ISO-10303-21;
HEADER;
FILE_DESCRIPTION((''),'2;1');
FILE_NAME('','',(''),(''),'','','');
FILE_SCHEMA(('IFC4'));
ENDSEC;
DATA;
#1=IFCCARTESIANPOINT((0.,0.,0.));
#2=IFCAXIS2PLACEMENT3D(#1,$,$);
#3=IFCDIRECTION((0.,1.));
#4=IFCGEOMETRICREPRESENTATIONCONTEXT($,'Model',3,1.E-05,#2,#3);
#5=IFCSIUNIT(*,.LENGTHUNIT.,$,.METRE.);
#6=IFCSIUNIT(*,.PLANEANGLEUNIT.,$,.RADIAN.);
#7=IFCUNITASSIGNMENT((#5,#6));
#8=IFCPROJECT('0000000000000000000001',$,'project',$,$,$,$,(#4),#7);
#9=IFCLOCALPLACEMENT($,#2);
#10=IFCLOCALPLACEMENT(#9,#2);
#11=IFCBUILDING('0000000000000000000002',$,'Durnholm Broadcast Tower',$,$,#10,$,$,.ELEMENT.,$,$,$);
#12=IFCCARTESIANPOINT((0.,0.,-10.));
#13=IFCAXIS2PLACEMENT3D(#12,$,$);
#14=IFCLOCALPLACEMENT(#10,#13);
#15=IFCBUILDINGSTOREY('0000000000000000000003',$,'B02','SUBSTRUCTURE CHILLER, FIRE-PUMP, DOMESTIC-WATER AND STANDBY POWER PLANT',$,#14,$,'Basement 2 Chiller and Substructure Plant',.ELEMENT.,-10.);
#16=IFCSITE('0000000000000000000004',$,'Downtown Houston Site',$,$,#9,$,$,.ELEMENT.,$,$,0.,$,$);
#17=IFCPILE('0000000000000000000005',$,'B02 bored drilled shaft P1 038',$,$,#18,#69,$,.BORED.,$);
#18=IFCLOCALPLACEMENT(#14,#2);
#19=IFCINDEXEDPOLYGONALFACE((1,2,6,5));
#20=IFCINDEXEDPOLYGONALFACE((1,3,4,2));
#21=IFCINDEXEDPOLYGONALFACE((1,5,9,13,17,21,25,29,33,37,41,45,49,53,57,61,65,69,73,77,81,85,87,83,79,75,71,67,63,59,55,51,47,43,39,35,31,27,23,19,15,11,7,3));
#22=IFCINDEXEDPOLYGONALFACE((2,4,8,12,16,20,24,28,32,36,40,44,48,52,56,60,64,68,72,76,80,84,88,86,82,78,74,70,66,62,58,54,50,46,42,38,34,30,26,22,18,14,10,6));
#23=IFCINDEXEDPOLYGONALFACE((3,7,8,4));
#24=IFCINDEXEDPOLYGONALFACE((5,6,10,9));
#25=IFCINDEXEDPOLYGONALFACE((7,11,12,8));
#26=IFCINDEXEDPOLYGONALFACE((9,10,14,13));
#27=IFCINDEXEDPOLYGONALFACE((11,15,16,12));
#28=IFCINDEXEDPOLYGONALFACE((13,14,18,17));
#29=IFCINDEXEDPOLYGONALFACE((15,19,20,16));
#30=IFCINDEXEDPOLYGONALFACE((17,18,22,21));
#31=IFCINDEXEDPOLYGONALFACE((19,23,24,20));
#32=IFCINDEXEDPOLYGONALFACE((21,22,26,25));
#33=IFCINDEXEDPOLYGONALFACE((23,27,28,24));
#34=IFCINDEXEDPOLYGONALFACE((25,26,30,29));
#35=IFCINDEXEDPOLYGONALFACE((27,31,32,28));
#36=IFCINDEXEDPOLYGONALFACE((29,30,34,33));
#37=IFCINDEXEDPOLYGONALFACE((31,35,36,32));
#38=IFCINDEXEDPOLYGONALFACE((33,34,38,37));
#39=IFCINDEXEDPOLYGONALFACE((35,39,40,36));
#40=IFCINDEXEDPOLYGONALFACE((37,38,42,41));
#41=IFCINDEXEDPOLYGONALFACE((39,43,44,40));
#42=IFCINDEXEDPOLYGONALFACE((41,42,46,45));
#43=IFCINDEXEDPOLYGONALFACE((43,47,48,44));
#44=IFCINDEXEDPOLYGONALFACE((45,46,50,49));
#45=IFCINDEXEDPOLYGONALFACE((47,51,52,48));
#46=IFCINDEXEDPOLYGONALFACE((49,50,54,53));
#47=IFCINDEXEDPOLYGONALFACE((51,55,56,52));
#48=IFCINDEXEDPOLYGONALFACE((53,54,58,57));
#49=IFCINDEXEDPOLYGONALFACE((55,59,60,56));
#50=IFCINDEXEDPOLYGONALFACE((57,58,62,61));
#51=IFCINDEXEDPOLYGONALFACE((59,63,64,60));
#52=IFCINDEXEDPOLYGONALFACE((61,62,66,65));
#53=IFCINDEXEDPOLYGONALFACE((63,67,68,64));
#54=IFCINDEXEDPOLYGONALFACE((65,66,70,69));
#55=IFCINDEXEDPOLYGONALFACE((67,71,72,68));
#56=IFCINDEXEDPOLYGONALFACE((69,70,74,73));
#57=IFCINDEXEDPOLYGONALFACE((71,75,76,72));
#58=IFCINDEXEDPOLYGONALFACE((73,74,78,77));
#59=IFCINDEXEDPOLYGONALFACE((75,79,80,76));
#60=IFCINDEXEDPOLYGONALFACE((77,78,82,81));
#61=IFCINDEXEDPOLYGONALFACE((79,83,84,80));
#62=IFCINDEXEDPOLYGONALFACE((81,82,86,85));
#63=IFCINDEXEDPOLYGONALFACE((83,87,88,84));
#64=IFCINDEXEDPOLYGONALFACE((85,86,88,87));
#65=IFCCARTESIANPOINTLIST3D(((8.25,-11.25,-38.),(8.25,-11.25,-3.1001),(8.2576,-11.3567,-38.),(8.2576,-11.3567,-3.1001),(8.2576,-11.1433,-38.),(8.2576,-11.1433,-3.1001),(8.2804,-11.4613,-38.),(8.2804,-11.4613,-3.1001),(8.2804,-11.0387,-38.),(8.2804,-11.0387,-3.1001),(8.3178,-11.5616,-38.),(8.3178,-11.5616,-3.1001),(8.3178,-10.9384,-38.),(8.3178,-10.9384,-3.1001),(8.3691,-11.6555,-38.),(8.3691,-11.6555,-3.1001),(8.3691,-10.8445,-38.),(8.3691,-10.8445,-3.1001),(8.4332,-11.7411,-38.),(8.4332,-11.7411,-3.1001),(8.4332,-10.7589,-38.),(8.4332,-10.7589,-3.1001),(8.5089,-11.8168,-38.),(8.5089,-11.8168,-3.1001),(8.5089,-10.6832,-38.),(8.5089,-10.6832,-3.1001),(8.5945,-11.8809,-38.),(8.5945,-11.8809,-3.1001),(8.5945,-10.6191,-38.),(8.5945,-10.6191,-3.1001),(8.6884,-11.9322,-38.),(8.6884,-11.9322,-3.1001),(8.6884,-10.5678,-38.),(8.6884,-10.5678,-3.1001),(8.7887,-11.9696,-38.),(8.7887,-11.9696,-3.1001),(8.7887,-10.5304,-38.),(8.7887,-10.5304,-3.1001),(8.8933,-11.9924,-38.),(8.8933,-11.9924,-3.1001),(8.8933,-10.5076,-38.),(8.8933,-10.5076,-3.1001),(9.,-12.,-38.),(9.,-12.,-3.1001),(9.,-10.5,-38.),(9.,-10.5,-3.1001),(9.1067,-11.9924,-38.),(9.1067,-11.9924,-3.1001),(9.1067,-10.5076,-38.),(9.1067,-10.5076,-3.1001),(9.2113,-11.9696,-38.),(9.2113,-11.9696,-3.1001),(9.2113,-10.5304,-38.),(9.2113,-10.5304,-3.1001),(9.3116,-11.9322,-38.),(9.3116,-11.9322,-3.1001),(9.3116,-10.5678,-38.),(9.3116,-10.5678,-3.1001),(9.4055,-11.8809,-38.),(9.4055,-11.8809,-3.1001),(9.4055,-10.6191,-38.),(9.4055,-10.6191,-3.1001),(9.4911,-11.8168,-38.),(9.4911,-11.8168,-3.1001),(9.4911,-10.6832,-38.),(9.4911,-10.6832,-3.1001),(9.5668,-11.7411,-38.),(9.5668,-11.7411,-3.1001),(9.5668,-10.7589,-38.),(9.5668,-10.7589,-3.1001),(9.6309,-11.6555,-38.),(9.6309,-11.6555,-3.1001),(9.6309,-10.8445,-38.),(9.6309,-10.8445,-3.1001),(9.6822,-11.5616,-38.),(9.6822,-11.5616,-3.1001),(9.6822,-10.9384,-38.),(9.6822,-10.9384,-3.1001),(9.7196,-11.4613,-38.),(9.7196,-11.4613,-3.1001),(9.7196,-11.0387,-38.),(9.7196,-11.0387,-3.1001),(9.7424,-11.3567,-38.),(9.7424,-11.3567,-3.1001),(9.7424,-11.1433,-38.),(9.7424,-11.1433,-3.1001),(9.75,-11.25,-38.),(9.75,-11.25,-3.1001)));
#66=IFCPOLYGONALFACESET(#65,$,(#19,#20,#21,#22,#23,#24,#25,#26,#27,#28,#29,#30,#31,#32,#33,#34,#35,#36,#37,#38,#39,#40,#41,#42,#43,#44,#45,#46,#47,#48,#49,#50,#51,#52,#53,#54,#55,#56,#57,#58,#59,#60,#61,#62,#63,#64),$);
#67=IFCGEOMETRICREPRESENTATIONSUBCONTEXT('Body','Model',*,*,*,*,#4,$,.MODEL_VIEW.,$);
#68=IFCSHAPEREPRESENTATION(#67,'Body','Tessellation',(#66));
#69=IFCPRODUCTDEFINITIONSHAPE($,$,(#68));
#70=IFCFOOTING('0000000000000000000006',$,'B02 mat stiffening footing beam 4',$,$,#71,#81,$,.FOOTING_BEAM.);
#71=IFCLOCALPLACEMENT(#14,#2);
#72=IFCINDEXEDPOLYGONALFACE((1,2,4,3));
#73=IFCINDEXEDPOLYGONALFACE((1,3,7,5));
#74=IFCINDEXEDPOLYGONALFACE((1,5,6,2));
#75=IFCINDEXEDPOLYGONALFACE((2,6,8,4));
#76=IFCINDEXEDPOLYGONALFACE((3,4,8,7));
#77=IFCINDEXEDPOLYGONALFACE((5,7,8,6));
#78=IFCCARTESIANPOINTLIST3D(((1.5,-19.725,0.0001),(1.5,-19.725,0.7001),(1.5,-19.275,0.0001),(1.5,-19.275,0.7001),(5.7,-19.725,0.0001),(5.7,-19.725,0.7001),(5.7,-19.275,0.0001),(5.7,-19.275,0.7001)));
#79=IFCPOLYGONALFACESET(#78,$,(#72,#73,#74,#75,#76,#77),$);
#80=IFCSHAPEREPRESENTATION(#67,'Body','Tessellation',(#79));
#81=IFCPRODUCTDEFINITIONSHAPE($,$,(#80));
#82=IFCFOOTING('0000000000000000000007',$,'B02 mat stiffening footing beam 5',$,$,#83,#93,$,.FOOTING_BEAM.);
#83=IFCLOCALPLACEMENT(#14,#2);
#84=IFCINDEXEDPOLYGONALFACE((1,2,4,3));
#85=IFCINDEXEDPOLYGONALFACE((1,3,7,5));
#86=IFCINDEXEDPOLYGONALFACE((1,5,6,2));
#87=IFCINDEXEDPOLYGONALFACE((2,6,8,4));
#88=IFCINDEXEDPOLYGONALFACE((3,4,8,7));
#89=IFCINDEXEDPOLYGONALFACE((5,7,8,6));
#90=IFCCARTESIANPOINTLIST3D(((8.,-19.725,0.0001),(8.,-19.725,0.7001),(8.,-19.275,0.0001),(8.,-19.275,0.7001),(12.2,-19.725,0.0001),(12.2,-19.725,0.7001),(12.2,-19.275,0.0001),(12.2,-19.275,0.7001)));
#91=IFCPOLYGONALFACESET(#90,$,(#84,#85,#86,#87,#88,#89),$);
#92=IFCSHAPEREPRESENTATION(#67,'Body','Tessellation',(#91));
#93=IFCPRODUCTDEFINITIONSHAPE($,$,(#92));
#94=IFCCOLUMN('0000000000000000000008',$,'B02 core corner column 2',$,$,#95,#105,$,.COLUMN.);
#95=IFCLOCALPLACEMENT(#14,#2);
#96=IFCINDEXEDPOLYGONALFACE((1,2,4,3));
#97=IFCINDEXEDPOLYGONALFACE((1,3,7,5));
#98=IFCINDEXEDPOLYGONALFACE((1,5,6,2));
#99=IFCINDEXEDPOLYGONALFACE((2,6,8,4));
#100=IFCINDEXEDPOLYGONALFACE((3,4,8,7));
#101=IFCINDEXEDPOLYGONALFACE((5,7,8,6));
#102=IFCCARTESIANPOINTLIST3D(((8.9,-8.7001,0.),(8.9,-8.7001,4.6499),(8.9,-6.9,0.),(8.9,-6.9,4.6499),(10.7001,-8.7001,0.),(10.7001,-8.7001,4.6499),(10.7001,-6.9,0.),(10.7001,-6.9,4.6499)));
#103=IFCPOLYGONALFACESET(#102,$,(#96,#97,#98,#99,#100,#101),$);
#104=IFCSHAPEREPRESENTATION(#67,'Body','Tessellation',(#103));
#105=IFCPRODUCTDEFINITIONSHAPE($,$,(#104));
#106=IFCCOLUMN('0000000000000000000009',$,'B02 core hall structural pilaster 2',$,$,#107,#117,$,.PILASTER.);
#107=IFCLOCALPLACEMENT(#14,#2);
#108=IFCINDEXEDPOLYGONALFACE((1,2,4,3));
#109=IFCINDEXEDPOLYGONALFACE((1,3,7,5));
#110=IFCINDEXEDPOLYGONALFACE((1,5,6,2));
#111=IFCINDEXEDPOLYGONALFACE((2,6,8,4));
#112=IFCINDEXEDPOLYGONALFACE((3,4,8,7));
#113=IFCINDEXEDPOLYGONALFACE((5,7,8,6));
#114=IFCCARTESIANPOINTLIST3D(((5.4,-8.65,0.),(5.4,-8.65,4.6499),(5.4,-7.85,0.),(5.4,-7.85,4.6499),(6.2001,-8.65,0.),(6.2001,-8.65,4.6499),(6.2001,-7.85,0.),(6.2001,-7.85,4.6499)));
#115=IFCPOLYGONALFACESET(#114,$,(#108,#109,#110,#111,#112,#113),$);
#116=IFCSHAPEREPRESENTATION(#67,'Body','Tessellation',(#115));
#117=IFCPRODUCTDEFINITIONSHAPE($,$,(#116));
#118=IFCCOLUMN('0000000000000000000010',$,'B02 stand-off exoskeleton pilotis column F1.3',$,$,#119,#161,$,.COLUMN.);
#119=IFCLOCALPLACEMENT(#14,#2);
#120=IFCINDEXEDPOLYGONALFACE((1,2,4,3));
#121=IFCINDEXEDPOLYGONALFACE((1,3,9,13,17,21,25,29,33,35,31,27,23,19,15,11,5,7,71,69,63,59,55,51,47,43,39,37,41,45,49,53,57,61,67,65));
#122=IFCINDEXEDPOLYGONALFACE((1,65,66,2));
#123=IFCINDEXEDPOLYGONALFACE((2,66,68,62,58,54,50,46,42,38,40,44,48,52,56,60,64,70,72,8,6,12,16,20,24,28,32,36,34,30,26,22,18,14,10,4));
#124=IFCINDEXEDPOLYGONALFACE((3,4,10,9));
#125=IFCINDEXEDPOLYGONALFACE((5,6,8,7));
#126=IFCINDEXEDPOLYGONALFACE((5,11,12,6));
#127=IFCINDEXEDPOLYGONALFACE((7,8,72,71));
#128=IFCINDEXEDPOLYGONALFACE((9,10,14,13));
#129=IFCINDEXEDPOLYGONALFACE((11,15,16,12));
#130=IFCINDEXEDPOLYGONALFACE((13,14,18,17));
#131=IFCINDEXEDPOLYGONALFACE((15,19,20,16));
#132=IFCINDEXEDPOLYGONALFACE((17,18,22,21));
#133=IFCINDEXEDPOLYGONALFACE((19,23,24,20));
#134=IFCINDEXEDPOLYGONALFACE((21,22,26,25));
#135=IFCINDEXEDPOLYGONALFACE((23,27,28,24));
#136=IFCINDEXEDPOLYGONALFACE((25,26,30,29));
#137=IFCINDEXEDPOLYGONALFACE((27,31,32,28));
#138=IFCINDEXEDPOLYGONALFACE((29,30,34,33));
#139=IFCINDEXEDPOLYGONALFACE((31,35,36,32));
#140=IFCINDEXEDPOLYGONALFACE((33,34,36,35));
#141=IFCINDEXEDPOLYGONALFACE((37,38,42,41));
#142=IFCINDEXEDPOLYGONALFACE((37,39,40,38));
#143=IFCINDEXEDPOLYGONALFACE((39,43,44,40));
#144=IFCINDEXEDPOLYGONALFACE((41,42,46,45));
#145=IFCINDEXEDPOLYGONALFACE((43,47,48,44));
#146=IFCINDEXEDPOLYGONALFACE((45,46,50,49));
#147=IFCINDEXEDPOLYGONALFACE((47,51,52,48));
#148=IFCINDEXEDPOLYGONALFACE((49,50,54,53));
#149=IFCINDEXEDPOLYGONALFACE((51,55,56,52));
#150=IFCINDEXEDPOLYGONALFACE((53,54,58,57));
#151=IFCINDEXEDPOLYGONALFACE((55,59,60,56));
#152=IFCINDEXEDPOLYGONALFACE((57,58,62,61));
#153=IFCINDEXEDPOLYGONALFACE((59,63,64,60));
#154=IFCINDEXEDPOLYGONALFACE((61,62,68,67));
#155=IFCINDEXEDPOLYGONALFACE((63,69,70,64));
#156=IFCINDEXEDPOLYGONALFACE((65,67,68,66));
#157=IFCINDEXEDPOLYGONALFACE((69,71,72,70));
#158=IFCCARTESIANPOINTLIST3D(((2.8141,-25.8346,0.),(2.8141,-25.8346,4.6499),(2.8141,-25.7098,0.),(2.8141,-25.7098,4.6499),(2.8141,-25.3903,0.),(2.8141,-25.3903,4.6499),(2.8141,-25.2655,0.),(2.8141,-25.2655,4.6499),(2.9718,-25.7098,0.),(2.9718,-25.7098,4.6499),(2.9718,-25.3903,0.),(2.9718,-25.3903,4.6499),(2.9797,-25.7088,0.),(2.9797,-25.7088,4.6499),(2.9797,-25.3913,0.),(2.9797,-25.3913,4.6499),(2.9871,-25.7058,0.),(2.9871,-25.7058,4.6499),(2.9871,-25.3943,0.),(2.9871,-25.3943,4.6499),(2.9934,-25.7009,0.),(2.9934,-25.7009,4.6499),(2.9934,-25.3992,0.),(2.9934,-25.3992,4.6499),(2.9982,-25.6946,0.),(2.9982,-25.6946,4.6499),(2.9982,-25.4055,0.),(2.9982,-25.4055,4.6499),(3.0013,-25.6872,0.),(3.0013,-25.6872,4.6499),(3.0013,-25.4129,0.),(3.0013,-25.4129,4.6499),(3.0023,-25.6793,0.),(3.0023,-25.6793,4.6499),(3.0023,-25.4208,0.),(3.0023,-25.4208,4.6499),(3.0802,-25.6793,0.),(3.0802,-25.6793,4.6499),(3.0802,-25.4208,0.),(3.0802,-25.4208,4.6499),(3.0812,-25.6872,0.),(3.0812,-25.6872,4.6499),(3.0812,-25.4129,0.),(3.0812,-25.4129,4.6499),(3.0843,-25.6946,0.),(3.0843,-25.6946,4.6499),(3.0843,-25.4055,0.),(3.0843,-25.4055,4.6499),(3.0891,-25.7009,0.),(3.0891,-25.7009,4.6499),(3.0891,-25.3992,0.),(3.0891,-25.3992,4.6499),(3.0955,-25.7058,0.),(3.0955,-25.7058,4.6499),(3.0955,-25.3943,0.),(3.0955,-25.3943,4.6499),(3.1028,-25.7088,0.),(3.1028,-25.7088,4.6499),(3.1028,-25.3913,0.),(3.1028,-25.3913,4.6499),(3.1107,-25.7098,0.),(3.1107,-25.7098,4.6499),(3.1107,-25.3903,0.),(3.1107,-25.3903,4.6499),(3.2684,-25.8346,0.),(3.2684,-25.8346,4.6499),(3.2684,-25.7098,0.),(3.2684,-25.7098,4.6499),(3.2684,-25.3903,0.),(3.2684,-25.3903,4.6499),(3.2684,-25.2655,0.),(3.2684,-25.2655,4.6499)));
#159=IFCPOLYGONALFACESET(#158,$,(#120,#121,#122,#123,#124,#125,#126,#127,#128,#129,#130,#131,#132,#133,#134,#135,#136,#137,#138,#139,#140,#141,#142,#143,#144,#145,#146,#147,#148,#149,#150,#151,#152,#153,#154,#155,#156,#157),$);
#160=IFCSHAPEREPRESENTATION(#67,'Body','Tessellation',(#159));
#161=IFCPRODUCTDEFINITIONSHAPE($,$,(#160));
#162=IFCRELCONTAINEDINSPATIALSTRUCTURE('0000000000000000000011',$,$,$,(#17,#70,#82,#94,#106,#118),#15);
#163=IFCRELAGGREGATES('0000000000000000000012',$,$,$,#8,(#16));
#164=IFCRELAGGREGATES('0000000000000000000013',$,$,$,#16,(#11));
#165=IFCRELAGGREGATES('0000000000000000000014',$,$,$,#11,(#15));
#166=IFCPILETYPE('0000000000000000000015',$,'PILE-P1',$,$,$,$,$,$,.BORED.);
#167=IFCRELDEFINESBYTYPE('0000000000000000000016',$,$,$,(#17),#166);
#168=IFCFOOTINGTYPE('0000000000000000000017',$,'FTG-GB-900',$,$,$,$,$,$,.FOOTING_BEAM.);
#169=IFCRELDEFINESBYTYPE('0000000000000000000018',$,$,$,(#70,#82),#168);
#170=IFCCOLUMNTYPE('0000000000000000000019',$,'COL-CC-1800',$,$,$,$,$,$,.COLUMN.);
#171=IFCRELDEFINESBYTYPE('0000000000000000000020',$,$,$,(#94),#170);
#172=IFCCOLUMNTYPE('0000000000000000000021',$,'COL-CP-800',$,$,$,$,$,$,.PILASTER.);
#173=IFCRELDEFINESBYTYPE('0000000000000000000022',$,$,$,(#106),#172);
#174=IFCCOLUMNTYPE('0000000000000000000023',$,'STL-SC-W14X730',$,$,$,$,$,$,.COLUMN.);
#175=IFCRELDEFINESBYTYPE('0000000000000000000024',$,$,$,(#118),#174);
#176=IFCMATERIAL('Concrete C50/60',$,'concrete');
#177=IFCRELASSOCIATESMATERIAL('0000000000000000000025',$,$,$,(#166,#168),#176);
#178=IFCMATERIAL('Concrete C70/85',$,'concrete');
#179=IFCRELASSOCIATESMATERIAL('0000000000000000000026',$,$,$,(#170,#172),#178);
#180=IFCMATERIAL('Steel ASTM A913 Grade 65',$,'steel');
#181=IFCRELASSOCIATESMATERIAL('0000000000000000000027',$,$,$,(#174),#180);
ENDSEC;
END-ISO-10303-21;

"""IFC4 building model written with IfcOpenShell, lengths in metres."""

from ifc_helpers import new_model, si_unit, direction, frame, origin, origin_2d, place, context, subcontext, project, spatial, rectangle, circle, i_section, extrude, source, transform, mapped, material, material_profile, profile_set, type_object, type_shapes, element, save


model = new_model("IFC4")

# Units and contexts
model_context = context("Model", 3, precision=1e-05, world=origin(), true_north=direction((0.0, 1.0)))
body_context = subcontext(model_context, "Body", "Model", "MODEL_VIEW")
ifc_project = project(units=[si_unit("LENGTHUNIT", "METRE"), si_unit("PLANEANGLEUNIT", "RADIAN")], contexts=[model_context])

# Site, building, storey
site_placement = place(None, origin())
site = spatial("IfcSite", under=ifc_project, at=site_placement, Name="Downtown Houston Site", CompositionType="ELEMENT", RefElevation=0.0)
building_placement = place(site_placement, origin())
building = spatial("IfcBuilding", under=site, at=building_placement, Name="Durnholm Broadcast Tower", CompositionType="ELEMENT")
storey_placement = place(building_placement, frame((0.0, 0.0, -10.0)))
storey = spatial("IfcBuildingStorey", under=building, at=storey_placement, Name="B02", Description="SUBSTRUCTURE CHILLER, FIRE-PUMP, DOMESTIC-WATER AND STANDBY POWER PLANT", LongName="Basement 2 Chiller and Substructure Plant", CompositionType="ELEMENT", Elevation=-10.0)

# Pile
ifc_material_1 = material(Name="Concrete C50/60", Category="concrete")
ifc_material_profile_1 = material_profile(ifc_material_1, circle(Radius=0.75, at=origin_2d()), Name="PILE1500")
ifc_profile_set_1 = profile_set([ifc_material_profile_1], Name="Concrete C50/60")
pile_type_1 = type_object("IfcPileType", Name="PILE-P1", PredefinedType="BORED", material=ifc_profile_set_1)
shared_shape_1 = source(origin(), body_context, "Body", "SweptSolid", [
    extrude(circle(Radius=0.75, at=origin_2d()), origin(), (0.0, 0.0, 1.0), 34.8999),
])
type_shapes(pile_type_1, [shared_shape_1])
for number, where, z_axis, x_axis, name in (
    (1, (9.0, -11.25, -3.1001), (0.0, 0.0, -1.0), (1.0, 0.0, 0.0), "B02 bored drilled shaft P1 038"),
):
    element("IfcPile", number, at=place(storey_placement, frame(where, z_axis=z_axis, x_axis=x_axis)), inside=storey, type_object=pile_type_1, Name=name, PredefinedType="BORED", context=body_context, shape_type="MappedRepresentation", body=[
        mapped(shared_shape_1, transform((0.0, 0.0, 0.0), x_axis=(1.0, 0.0, 0.0), y_axis=(0.0, 1.0, 0.0), z_axis=(0.0, 0.0, 1.0), scale=1.0)),
    ])

# Footings
ifc_material_profile_2 = material_profile(ifc_material_1, rectangle(XDim=0.45, YDim=0.7, at=origin_2d()), Name="RC700X450")
ifc_profile_set_2 = profile_set([ifc_material_profile_2], Name="Concrete C50/60")
footing_type = type_object("IfcFootingType", Name="FTG-GB-900", PredefinedType="FOOTING_BEAM", material=ifc_profile_set_2)
shared_shape_2 = source(origin(), body_context, "Body", "SweptSolid", [
    extrude(rectangle(XDim=0.45, YDim=0.7, at=origin_2d()), origin(), (0.0, 0.0, 1.0), 4.2),
])
type_shapes(footing_type, [shared_shape_2])
for number, where, z_axis, x_axis, name in (
    (2, (1.5, -19.5, 0.3501), (1.0, 0.0, 0.0), (0.0, 1.0, 0.0), "B02 mat stiffening footing beam 4"),
    (3, (8.0, -19.5, 0.3501), (1.0, 0.0, 0.0), (0.0, 1.0, 0.0), "B02 mat stiffening footing beam 5"),
):
    element("IfcFooting", number, at=place(storey_placement, frame(where, z_axis=z_axis, x_axis=x_axis)), inside=storey, type_object=footing_type, Name=name, PredefinedType="FOOTING_BEAM", context=body_context, shape_type="MappedRepresentation", body=[
        mapped(shared_shape_2, transform((0.0, 0.0, 0.0), x_axis=(1.0, 0.0, 0.0), y_axis=(0.0, 1.0, 0.0), z_axis=(0.0, 0.0, 1.0), scale=1.0)),
    ])

# Columns
ifc_material_2 = material(Name="Concrete C70/85", Category="concrete")
ifc_material_profile_3 = material_profile(ifc_material_2, rectangle(XDim=1.8, YDim=1.8, at=origin_2d()), Name="RC1800X1800")
ifc_profile_set_3 = profile_set([ifc_material_profile_3], Name="Concrete C70/85")
column_type_1 = type_object("IfcColumnType", Name="COL-CC-1800", PredefinedType="COLUMN", material=ifc_profile_set_3)
shared_shape_3 = source(origin(), body_context, "Body", "SweptSolid", [
    extrude(rectangle(XDim=1.8, YDim=1.8, at=origin_2d()), origin(), (0.0, 0.0, 1.0), 4.6499),
])
type_shapes(column_type_1, [shared_shape_3])
column_1_placement = place(storey_placement, frame((9.8, -7.8, 0.0), z_axis=(0.0, 0.0, 1.0), x_axis=(1.0, 0.0, 0.0)))
element("IfcColumn", 4, at=column_1_placement, inside=storey, type_object=column_type_1, Name="B02 core corner column 2", PredefinedType="COLUMN", context=body_context, shape_type="MappedRepresentation", body=[
    mapped(shared_shape_3, transform((0.0, 0.0, 0.0), x_axis=(1.0, 0.0, 0.0), y_axis=(0.0, 1.0, 0.0), z_axis=(0.0, 0.0, 1.0), scale=1.0)),
])
ifc_material_profile_4 = material_profile(ifc_material_2, rectangle(XDim=0.8, YDim=0.8, at=origin_2d()), Name="RC800X800")
ifc_profile_set_4 = profile_set([ifc_material_profile_4], Name="Concrete C70/85")
column_type_2 = type_object("IfcColumnType", Name="COL-CP-800", PredefinedType="PILASTER", material=ifc_profile_set_4)
shared_shape_4 = source(origin(), body_context, "Body", "SweptSolid", [
    extrude(rectangle(XDim=0.8, YDim=0.8, at=origin_2d()), origin(), (0.0, 0.0, 1.0), 4.6499),
])
type_shapes(column_type_2, [shared_shape_4])
column_2_placement = place(storey_placement, frame((5.8, -8.25, 0.0), z_axis=(0.0, 0.0, 1.0), x_axis=(1.0, 0.0, 0.0)))
element("IfcColumn", 5, at=column_2_placement, inside=storey, type_object=column_type_2, Name="B02 core hall structural pilaster 2", PredefinedType="PILASTER", context=body_context, shape_type="MappedRepresentation", body=[
    mapped(shared_shape_4, transform((0.0, 0.0, 0.0), x_axis=(1.0, 0.0, 0.0), y_axis=(0.0, 1.0, 0.0), z_axis=(0.0, 0.0, 1.0), scale=1.0)),
])
ifc_material_3 = material(Name="Steel ASTM A913 Grade 65", Category="steel")
ifc_material_profile_5 = material_profile(ifc_material_3, i_section(OverallWidth=0.4543, OverallDepth=0.5691, WebThickness=0.0779, FlangeThickness=0.1248, FilletRadius=0.0305, at=origin_2d()), Name="W14X730")
ifc_profile_set_5 = profile_set([ifc_material_profile_5], Name="Steel ASTM A913 Grade 65")
column_type_3 = type_object("IfcColumnType", Name="STL-SC-W14X730", PredefinedType="COLUMN", material=ifc_profile_set_5)
shared_shape_5 = source(origin(), body_context, "Body", "SweptSolid", [
    extrude(i_section(OverallWidth=0.4543, OverallDepth=0.5691, WebThickness=0.0779, FlangeThickness=0.1248, FilletRadius=0.0305, at=origin_2d()), origin(), (0.0, 0.0, 1.0), 4.6499),
])
type_shapes(column_type_3, [shared_shape_5])
for number, where, z_axis, x_axis, name in (
    (6, (3.0413, -25.55, 0.0), (0.0, 0.0, 1.0), (1.0, 0.0, 0.0), "B02 stand-off exoskeleton pilotis column F1.3"),
):
    element("IfcColumn", number, at=place(storey_placement, frame(where, z_axis=z_axis, x_axis=x_axis)), inside=storey, type_object=column_type_3, Name=name, PredefinedType="COLUMN", context=body_context, shape_type="MappedRepresentation", body=[
        mapped(shared_shape_5, transform((0.0, 0.0, 0.0), x_axis=(1.0, 0.0, 0.0), y_axis=(0.0, 1.0, 0.0), z_axis=(0.0, 0.0, 1.0), scale=1.0)),
    ])

save(model, "model.ifc")
